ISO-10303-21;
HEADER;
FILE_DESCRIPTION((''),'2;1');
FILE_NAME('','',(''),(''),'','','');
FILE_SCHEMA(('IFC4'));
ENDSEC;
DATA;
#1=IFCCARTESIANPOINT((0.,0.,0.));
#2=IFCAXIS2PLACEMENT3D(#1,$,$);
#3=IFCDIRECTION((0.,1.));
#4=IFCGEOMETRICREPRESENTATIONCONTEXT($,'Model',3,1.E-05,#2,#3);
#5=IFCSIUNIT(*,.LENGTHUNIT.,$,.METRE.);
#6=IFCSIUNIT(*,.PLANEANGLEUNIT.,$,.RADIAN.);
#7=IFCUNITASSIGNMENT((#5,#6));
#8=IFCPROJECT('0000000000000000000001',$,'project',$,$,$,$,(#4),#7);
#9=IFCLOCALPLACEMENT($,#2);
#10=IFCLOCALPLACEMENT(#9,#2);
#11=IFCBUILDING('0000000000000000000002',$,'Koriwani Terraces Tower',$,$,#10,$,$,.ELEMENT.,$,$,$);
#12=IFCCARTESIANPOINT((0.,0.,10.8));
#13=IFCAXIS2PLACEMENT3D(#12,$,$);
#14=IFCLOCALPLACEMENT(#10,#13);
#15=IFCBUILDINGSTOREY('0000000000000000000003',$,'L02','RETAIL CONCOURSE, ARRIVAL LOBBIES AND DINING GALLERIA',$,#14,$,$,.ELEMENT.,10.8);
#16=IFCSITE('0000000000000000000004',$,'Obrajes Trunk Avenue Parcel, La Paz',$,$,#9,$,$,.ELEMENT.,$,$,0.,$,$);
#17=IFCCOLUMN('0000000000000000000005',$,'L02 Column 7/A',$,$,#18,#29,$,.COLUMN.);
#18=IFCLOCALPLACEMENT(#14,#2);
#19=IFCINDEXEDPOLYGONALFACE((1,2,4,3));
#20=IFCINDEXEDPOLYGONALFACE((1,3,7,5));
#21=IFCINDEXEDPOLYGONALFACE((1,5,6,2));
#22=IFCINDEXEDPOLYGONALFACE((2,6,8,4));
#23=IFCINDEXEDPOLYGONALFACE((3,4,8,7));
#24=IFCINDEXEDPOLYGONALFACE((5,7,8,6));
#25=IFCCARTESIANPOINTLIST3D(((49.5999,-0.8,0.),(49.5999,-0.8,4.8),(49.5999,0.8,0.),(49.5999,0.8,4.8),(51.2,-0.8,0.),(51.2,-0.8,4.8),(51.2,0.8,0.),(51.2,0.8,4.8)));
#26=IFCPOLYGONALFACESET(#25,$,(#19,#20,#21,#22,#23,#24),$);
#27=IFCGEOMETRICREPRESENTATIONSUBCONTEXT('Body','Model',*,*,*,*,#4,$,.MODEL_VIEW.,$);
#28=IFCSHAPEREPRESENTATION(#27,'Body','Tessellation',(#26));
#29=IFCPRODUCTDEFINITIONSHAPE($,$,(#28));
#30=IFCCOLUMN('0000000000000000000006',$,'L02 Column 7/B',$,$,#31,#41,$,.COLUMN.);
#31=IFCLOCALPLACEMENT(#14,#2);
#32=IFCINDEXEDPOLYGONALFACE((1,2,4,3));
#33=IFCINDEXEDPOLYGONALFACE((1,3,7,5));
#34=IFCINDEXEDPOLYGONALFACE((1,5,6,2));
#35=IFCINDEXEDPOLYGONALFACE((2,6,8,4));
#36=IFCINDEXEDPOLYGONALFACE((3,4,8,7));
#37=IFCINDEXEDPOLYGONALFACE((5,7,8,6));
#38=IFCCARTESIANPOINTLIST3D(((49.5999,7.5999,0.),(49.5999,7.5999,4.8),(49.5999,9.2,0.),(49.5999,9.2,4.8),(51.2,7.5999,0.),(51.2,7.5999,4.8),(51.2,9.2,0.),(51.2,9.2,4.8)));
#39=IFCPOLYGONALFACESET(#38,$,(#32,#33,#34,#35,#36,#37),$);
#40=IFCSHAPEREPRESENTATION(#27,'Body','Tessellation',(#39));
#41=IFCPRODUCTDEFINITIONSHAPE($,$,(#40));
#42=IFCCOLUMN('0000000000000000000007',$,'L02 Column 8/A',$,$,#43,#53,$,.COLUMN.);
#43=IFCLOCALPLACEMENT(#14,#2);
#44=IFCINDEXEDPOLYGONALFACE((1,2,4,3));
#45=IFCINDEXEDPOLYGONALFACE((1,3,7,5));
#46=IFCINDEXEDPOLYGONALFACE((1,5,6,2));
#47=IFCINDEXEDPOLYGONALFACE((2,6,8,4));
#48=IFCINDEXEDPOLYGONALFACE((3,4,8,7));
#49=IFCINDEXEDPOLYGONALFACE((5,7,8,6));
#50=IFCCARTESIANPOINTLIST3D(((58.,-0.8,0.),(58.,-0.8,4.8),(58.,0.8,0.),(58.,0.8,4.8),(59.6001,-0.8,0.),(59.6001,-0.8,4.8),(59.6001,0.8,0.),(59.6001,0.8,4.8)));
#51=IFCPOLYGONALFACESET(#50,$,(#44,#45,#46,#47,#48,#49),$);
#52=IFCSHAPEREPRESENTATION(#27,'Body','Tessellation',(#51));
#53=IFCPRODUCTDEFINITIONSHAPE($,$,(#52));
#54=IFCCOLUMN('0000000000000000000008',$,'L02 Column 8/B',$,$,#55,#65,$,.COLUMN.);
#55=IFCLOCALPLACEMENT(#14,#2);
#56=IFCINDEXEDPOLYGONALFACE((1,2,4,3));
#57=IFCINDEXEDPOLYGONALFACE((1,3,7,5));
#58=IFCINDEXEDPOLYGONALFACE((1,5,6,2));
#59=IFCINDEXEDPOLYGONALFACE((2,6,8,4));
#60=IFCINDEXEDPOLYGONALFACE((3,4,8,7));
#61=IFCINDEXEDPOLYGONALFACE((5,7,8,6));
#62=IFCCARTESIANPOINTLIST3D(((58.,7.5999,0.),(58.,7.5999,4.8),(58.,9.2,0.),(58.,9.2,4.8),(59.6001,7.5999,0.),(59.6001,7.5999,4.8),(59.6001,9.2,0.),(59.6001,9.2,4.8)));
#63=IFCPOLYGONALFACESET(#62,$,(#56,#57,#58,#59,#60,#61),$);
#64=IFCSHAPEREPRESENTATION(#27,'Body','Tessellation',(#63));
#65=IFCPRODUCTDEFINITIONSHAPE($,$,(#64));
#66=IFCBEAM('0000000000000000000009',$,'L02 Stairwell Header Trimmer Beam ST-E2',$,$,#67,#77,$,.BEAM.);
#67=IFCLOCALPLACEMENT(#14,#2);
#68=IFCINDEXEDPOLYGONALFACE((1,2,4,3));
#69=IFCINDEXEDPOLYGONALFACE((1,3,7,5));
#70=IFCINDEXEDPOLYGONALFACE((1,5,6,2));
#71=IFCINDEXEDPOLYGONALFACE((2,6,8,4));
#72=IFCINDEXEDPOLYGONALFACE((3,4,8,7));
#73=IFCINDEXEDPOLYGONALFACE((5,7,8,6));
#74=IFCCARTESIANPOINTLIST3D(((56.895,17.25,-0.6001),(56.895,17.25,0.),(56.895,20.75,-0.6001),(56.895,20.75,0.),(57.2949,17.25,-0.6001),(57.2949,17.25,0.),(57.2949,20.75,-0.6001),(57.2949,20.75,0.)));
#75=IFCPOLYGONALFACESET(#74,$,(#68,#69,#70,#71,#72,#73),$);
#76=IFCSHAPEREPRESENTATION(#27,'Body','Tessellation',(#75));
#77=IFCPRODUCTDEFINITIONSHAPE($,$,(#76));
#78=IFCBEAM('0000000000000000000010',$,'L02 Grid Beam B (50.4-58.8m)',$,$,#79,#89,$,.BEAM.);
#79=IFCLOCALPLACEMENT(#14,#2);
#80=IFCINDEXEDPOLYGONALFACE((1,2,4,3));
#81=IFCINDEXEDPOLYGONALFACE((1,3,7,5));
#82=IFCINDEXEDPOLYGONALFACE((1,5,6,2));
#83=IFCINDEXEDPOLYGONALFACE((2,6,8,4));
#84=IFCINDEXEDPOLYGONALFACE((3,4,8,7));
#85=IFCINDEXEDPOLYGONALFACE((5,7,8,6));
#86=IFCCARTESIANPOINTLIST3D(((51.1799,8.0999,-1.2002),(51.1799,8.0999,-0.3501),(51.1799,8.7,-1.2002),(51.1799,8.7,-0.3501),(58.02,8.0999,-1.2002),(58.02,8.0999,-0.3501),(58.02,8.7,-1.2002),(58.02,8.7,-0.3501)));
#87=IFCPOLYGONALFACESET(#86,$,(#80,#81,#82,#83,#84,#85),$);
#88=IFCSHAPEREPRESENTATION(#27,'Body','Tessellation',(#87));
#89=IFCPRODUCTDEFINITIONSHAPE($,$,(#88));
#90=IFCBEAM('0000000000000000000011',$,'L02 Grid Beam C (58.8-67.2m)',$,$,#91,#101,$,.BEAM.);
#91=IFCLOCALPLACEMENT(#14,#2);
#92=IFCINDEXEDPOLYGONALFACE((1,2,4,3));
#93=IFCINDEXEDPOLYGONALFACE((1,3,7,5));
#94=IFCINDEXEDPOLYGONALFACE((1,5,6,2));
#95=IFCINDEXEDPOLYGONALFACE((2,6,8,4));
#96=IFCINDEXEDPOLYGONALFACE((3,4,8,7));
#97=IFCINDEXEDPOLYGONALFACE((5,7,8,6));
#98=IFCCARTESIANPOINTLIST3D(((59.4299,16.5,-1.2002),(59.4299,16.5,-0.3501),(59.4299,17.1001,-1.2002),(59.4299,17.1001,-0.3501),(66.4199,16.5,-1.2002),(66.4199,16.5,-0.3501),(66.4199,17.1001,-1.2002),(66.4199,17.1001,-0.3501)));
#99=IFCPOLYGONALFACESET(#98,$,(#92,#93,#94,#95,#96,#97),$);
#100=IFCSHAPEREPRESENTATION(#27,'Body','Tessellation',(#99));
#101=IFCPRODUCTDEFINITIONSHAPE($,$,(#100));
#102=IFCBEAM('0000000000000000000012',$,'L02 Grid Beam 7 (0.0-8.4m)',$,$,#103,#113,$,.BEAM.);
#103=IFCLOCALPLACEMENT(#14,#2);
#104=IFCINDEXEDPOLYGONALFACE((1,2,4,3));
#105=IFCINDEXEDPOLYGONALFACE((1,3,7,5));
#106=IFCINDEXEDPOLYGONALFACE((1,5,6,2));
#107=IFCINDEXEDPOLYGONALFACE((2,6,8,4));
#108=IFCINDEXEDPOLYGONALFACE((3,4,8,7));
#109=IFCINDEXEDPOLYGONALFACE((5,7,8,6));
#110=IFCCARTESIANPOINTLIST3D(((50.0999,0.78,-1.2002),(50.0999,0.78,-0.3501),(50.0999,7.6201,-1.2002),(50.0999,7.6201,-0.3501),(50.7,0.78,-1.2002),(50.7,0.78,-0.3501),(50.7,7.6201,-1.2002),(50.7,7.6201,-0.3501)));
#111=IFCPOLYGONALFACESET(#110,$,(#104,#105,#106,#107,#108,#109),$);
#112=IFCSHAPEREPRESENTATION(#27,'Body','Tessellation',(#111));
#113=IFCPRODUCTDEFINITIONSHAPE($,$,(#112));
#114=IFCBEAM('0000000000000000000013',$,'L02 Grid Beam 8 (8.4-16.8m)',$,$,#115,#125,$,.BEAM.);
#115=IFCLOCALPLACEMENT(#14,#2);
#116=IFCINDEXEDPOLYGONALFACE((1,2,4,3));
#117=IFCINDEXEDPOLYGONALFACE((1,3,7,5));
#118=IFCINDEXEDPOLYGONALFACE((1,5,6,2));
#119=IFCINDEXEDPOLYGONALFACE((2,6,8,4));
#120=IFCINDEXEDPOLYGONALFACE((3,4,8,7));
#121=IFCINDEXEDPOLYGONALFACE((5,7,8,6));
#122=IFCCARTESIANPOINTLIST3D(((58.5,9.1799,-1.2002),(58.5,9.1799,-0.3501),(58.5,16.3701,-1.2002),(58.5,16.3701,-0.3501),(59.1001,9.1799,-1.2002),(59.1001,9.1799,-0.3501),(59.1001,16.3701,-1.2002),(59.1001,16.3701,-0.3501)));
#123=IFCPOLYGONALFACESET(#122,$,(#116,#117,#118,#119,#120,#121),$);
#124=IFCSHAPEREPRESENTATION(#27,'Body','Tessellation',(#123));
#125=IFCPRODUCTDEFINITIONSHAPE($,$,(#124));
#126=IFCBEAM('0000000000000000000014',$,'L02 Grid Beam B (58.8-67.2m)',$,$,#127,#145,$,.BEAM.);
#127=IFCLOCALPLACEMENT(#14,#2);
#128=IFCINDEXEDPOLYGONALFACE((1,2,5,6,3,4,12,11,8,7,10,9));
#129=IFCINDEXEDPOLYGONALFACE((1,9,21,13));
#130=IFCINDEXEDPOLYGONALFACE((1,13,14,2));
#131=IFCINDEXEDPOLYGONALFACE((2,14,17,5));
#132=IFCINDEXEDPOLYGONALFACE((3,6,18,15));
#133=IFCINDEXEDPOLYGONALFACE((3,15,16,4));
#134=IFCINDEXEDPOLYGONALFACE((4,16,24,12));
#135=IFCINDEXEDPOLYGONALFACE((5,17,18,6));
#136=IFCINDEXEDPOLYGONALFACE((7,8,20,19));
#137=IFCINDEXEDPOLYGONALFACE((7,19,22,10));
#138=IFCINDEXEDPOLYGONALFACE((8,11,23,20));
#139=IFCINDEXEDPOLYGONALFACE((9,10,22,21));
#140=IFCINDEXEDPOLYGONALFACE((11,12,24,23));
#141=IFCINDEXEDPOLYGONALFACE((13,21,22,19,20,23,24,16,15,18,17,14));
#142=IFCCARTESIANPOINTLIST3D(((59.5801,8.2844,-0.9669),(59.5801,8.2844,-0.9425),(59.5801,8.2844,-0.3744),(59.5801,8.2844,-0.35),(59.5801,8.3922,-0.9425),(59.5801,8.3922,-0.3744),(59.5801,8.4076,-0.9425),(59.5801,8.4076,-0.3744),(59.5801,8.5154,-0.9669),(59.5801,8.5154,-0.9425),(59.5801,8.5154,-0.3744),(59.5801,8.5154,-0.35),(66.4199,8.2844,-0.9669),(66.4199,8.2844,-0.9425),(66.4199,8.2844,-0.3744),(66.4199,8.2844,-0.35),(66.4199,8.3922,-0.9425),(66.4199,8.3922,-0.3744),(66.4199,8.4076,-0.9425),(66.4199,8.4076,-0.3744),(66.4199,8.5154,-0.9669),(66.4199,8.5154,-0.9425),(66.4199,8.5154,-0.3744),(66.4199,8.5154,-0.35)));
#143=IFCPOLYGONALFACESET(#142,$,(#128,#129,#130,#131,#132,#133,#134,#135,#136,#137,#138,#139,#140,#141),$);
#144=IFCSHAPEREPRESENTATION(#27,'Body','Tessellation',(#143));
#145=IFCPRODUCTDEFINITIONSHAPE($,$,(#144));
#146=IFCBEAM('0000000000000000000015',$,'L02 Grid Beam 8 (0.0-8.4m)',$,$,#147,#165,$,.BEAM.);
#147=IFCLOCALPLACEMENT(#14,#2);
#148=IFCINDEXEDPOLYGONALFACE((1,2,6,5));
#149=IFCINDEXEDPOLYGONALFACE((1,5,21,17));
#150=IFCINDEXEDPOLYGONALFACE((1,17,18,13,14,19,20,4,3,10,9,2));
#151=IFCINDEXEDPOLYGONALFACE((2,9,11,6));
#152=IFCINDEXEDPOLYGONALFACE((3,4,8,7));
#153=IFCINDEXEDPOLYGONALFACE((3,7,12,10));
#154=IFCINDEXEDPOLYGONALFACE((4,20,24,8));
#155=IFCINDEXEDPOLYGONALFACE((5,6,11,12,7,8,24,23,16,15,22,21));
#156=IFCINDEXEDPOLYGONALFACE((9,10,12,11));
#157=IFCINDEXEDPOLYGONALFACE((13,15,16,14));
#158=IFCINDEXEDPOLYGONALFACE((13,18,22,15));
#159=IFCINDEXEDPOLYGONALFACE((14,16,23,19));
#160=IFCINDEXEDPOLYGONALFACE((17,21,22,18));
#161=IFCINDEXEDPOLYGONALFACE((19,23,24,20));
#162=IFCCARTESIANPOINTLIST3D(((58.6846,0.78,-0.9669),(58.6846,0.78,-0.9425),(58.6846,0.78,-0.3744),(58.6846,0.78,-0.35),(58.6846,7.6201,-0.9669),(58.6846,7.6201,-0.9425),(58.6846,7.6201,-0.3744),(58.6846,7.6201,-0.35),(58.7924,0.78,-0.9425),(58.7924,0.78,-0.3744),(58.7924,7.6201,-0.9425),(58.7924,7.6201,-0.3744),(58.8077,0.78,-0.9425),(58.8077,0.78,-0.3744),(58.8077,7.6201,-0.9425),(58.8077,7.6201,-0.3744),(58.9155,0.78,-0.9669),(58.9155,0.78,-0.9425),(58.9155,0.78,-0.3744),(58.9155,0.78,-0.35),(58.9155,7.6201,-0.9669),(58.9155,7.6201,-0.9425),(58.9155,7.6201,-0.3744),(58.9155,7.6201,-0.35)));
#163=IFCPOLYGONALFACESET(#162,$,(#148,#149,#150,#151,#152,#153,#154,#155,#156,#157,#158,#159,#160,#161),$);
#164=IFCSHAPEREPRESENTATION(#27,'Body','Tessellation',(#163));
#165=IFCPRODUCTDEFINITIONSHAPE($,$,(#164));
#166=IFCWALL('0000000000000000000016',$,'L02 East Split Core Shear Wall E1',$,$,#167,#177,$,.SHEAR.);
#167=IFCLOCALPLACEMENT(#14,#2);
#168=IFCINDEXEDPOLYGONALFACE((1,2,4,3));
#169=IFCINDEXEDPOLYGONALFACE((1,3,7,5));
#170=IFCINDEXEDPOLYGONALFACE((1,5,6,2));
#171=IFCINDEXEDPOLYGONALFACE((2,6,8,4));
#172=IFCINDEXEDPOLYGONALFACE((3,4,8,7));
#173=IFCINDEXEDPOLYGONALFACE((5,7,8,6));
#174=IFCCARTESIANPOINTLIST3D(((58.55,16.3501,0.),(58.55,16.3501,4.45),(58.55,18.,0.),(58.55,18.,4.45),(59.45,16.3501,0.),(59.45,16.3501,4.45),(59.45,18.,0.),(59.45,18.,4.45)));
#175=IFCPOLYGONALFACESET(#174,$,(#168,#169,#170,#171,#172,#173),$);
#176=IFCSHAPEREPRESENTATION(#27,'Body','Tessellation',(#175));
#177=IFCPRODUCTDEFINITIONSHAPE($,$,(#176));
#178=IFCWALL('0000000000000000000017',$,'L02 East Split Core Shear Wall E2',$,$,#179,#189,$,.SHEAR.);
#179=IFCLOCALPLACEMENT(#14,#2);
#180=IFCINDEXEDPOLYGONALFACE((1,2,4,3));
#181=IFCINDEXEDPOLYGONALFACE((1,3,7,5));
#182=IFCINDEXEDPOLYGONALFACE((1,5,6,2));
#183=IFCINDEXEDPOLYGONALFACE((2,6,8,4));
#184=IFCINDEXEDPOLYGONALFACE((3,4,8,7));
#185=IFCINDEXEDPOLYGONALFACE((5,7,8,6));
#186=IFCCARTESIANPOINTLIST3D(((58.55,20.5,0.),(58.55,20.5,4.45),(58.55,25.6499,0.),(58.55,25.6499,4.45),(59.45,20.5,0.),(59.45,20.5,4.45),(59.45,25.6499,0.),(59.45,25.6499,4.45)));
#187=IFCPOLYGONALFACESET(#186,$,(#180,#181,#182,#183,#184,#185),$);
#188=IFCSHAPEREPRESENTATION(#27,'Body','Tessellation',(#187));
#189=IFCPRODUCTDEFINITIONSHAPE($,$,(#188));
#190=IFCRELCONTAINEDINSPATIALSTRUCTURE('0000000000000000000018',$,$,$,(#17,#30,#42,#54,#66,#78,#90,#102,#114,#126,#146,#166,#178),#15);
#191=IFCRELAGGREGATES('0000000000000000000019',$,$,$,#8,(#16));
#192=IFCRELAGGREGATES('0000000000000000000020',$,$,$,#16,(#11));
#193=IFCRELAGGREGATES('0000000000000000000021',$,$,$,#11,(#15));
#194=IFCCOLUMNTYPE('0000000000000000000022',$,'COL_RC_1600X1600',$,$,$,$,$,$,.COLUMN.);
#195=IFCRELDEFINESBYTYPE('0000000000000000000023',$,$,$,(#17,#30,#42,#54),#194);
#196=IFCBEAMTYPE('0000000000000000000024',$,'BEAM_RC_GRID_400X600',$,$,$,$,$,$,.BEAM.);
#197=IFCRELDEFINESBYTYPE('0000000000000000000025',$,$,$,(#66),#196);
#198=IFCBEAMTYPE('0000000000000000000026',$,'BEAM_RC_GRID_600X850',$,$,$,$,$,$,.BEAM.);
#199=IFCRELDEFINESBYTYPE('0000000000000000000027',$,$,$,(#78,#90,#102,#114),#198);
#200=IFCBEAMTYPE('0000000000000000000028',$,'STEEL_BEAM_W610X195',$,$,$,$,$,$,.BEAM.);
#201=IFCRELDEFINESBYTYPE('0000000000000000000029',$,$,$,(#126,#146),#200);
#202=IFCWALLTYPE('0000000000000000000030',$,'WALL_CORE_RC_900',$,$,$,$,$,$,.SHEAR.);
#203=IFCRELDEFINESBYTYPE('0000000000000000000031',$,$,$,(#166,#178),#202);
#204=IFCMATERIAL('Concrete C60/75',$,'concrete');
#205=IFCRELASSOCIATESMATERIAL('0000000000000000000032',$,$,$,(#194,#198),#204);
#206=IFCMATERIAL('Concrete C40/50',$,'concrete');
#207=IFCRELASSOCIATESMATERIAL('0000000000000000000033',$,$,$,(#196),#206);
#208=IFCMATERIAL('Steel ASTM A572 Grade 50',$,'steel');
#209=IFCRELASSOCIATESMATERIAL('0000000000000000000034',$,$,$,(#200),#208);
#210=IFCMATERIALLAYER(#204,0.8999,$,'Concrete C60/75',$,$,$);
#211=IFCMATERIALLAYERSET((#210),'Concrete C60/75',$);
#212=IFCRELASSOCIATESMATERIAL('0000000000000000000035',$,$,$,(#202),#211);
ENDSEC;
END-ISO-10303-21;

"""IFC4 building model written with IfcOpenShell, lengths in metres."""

from ifc_helpers import new_model, si_unit, direction, frame, frame_2d, origin, origin_2d, place, context, subcontext, project, spatial, rectangle, i_section, extrude, material, layer, layer_set, material_profile, profile_set, type_object, element, save


model = new_model("IFC4")

# Units and contexts
model_context = context("Model", 3, precision=1e-05, world=origin(), true_north=direction((0.0, 1.0)))
body_context = subcontext(model_context, "Body", "Model", "MODEL_VIEW")
ifc_project = project(units=[si_unit("LENGTHUNIT", "METRE"), si_unit("PLANEANGLEUNIT", "RADIAN")], contexts=[model_context])

# Site, building, storey
site_placement = place(None, origin())
site = spatial("IfcSite", under=ifc_project, at=site_placement, Name="Obrajes Trunk Avenue Parcel, La Paz", CompositionType="ELEMENT", RefElevation=0.0)
building_placement = place(site_placement, origin())
building = spatial("IfcBuilding", under=site, at=building_placement, Name="Koriwani Terraces Tower", CompositionType="ELEMENT")
storey_placement = place(building_placement, frame((0.0, 0.0, 10.8)))
storey = spatial("IfcBuildingStorey", under=building, at=storey_placement, Name="L02", Description="RETAIL CONCOURSE, ARRIVAL LOBBIES AND DINING GALLERIA", CompositionType="ELEMENT", Elevation=10.8)

# Columns
ifc_material_1 = material(Name="Concrete C60/75", Category="concrete")
ifc_material_profile_1 = material_profile(ifc_material_1, rectangle(XDim=1.6001, YDim=1.6001, at=origin_2d()), Name="Concrete C60/75", Category="LoadBearing")
ifc_profile_set_1 = profile_set([ifc_material_profile_1], Name="Concrete C60/75")
column_type = type_object("IfcColumnType", Name="COL_RC_1600X1600", PredefinedType="COLUMN", material=ifc_profile_set_1)
for number, where, z_axis, x_axis, name in (
    (1, (50.3999, 0.0, 0.0), (0.0, 0.0, 1.0), (1.0, 0.0, 0.0), "L02 Column 7/A"),
    (2, (50.3999, 8.3999, 0.0), (0.0, 0.0, 1.0), (1.0, 0.0, 0.0), "L02 Column 7/B"),
    (3, (58.8, 0.0, 0.0), (0.0, 0.0, 1.0), (1.0, 0.0, 0.0), "L02 Column 8/A"),
    (4, (58.8, 8.3999, 0.0), (0.0, 0.0, 1.0), (1.0, 0.0, 0.0), "L02 Column 8/B"),
):
    element("IfcColumn", number, at=place(storey_placement, frame(where, z_axis=z_axis, x_axis=x_axis)), inside=storey, type_object=column_type, Name=name, PredefinedType="COLUMN", context=body_context, shape_type="SweptSolid", body=[
        extrude(rectangle(XDim=1.6001, YDim=1.6001, at=origin_2d()), origin(), (0.0, 0.0, 1.0), 4.8),
    ])

# Beams
ifc_material_2 = material(Name="Concrete C40/50", Category="concrete")
ifc_material_profile_2 = material_profile(ifc_material_2, rectangle(XDim=0.3999, YDim=0.6001, at=origin_2d()), Name="Concrete C40/50", Category="LoadBearing")
ifc_profile_set_2 = profile_set([ifc_material_profile_2], Name="Concrete C40/50")
beam_type_1 = type_object("IfcBeamType", Name="BEAM_RC_GRID_400X600", PredefinedType="BEAM", material=ifc_profile_set_2)
beam_1_placement = place(storey_placement, frame((57.095, 17.25, -0.3), z_axis=(0.0, 1.0, 0.0), x_axis=(-1.0, 0.0, 0.0)))
element("IfcBeam", 5, at=beam_1_placement, inside=storey, type_object=beam_type_1, Name="L02 Stairwell Header Trimmer Beam ST-E2", PredefinedType="BEAM", context=body_context, shape_type="SweptSolid", body=[
    extrude(rectangle(XDim=0.3999, YDim=0.6001, at=origin_2d()), origin(), (0.0, 0.0, 1.0), 3.5),
])
ifc_material_profile_3 = material_profile(ifc_material_1, rectangle(XDim=0.6001, YDim=0.8501, at=origin_2d()), Name="Concrete C60/75", Category="LoadBearing")
ifc_profile_set_3 = profile_set([ifc_material_profile_3], Name="Concrete C60/75")
beam_type_2 = type_object("IfcBeamType", Name="BEAM_RC_GRID_600X850", PredefinedType="BEAM", material=ifc_profile_set_3)
beam_2_placement = place(storey_placement, frame((51.1799, 8.3999, -0.7751), z_axis=(1.0, 0.0, 0.0), x_axis=(0.0, 1.0, 0.0)))
element("IfcBeam", 6, at=beam_2_placement, inside=storey, type_object=beam_type_2, Name="L02 Grid Beam B (50.4-58.8m)", PredefinedType="BEAM", context=body_context, shape_type="SweptSolid", body=[
    extrude(rectangle(XDim=0.6001, YDim=0.8501, at=origin_2d()), origin(), (0.0, 0.0, 1.0), 6.8401),
])
beam_3_placement = place(storey_placement, frame((59.4299, 16.8, -0.7751), z_axis=(1.0, 0.0, 0.0), x_axis=(0.0, 1.0, 0.0)))
element("IfcBeam", 7, at=beam_3_placement, inside=storey, type_object=beam_type_2, Name="L02 Grid Beam C (58.8-67.2m)", PredefinedType="BEAM", context=body_context, shape_type="SweptSolid", body=[
    extrude(rectangle(XDim=0.6001, YDim=0.8501, at=origin_2d()), origin(), (0.0, 0.0, 1.0), 6.99),
])
beam_4_placement = place(storey_placement, frame((50.3999, 0.78, -0.7751), z_axis=(0.0, 1.0, 0.0), x_axis=(-1.0, 0.0, 0.0)))
element("IfcBeam", 8, at=beam_4_placement, inside=storey, type_object=beam_type_2, Name="L02 Grid Beam 7 (0.0-8.4m)", PredefinedType="BEAM", context=body_context, shape_type="SweptSolid", body=[
    extrude(rectangle(XDim=0.6001, YDim=0.8501, at=origin_2d()), origin(), (0.0, 0.0, 1.0), 6.8401),
])
beam_5_placement = place(storey_placement, frame((58.8, 9.1799, -0.7751), z_axis=(0.0, 1.0, 0.0), x_axis=(-1.0, 0.0, 0.0)))
element("IfcBeam", 9, at=beam_5_placement, inside=storey, type_object=beam_type_2, Name="L02 Grid Beam 8 (8.4-16.8m)", PredefinedType="BEAM", context=body_context, shape_type="SweptSolid", body=[
    extrude(rectangle(XDim=0.6001, YDim=0.8501, at=origin_2d()), origin(), (0.0, 0.0, 1.0), 7.1902),
])
ifc_material_3 = material(Name="Steel ASTM A572 Grade 50", Category="steel")
ifc_material_profile_4 = material_profile(ifc_material_3, i_section(OverallWidth=0.231, OverallDepth=0.6169, WebThickness=0.0154, FlangeThickness=0.0244, at=origin_2d()), Name="Steel ASTM A572 Grade 50", Category="LoadBearing")
ifc_profile_set_4 = profile_set([ifc_material_profile_4], Name="Steel ASTM A572 Grade 50")
beam_type_3 = type_object("IfcBeamType", Name="STEEL_BEAM_W610X195", PredefinedType="BEAM", material=ifc_profile_set_4)
beam_6_placement = place(storey_placement, frame((59.5801, 8.3999, -0.6584), z_axis=(1.0, 0.0, 0.0), x_axis=(0.0, 1.0, 0.0)))
element("IfcBeam", 10, at=beam_6_placement, inside=storey, type_object=beam_type_3, Name="L02 Grid Beam B (58.8-67.2m)", PredefinedType="BEAM", context=body_context, shape_type="SweptSolid", body=[
    extrude(i_section(OverallWidth=0.231, OverallDepth=0.6169, WebThickness=0.0154, FlangeThickness=0.0244, at=origin_2d()), origin(), (0.0, 0.0, 1.0), 6.8398),
])
beam_7_placement = place(storey_placement, frame((58.8, 0.78, -0.6584), z_axis=(0.0, 1.0, 0.0), x_axis=(-1.0, 0.0, 0.0)))
element("IfcBeam", 11, at=beam_7_placement, inside=storey, type_object=beam_type_3, Name="L02 Grid Beam 8 (0.0-8.4m)", PredefinedType="BEAM", context=body_context, shape_type="SweptSolid", body=[
    extrude(i_section(OverallWidth=0.231, OverallDepth=0.6169, WebThickness=0.0154, FlangeThickness=0.0244, at=origin_2d()), origin(), (0.0, 0.0, 1.0), 6.8401),
])

# Walls
ifc_layer_1 = layer(ifc_material_1, 0.8999, Name="Concrete C60/75")
ifc_layer_set_1 = layer_set([ifc_layer_1], Name="Concrete C60/75")
wall_type_1 = type_object("IfcWallType", Name="WALL_CORE_RC_900", PredefinedType="SHEAR", material=ifc_layer_set_1)
wall_1_placement = place(storey_placement, frame((59.0, 16.3501, 0.0), z_axis=(0.0, 0.0, 1.0), x_axis=(0.0, 1.0, 0.0)))
element("IfcWall", 12, at=wall_1_placement, inside=storey, type_object=wall_type_1, Name="L02 East Split Core Shear Wall E1", PredefinedType="SHEAR", context=body_context, shape_type="SweptSolid", body=[
    extrude(rectangle(XDim=1.6499, YDim=0.8999, at=frame_2d((0.825, 0.0))), origin(), (0.0, 0.0, 1.0), 4.45),
])
wall_2_placement = place(storey_placement, frame((59.0, 20.5, 0.0), z_axis=(0.0, 0.0, 1.0), x_axis=(0.0, 1.0, 0.0)))
element("IfcWall", 13, at=wall_2_placement, inside=storey, type_object=wall_type_1, Name="L02 East Split Core Shear Wall E2", PredefinedType="SHEAR", context=body_context, shape_type="SweptSolid", body=[
    extrude(rectangle(XDim=5.1499, YDim=0.8999, at=frame_2d((2.575, 0.0))), origin(), (0.0, 0.0, 1.0), 4.45),
])

save(model, "model.ifc")
